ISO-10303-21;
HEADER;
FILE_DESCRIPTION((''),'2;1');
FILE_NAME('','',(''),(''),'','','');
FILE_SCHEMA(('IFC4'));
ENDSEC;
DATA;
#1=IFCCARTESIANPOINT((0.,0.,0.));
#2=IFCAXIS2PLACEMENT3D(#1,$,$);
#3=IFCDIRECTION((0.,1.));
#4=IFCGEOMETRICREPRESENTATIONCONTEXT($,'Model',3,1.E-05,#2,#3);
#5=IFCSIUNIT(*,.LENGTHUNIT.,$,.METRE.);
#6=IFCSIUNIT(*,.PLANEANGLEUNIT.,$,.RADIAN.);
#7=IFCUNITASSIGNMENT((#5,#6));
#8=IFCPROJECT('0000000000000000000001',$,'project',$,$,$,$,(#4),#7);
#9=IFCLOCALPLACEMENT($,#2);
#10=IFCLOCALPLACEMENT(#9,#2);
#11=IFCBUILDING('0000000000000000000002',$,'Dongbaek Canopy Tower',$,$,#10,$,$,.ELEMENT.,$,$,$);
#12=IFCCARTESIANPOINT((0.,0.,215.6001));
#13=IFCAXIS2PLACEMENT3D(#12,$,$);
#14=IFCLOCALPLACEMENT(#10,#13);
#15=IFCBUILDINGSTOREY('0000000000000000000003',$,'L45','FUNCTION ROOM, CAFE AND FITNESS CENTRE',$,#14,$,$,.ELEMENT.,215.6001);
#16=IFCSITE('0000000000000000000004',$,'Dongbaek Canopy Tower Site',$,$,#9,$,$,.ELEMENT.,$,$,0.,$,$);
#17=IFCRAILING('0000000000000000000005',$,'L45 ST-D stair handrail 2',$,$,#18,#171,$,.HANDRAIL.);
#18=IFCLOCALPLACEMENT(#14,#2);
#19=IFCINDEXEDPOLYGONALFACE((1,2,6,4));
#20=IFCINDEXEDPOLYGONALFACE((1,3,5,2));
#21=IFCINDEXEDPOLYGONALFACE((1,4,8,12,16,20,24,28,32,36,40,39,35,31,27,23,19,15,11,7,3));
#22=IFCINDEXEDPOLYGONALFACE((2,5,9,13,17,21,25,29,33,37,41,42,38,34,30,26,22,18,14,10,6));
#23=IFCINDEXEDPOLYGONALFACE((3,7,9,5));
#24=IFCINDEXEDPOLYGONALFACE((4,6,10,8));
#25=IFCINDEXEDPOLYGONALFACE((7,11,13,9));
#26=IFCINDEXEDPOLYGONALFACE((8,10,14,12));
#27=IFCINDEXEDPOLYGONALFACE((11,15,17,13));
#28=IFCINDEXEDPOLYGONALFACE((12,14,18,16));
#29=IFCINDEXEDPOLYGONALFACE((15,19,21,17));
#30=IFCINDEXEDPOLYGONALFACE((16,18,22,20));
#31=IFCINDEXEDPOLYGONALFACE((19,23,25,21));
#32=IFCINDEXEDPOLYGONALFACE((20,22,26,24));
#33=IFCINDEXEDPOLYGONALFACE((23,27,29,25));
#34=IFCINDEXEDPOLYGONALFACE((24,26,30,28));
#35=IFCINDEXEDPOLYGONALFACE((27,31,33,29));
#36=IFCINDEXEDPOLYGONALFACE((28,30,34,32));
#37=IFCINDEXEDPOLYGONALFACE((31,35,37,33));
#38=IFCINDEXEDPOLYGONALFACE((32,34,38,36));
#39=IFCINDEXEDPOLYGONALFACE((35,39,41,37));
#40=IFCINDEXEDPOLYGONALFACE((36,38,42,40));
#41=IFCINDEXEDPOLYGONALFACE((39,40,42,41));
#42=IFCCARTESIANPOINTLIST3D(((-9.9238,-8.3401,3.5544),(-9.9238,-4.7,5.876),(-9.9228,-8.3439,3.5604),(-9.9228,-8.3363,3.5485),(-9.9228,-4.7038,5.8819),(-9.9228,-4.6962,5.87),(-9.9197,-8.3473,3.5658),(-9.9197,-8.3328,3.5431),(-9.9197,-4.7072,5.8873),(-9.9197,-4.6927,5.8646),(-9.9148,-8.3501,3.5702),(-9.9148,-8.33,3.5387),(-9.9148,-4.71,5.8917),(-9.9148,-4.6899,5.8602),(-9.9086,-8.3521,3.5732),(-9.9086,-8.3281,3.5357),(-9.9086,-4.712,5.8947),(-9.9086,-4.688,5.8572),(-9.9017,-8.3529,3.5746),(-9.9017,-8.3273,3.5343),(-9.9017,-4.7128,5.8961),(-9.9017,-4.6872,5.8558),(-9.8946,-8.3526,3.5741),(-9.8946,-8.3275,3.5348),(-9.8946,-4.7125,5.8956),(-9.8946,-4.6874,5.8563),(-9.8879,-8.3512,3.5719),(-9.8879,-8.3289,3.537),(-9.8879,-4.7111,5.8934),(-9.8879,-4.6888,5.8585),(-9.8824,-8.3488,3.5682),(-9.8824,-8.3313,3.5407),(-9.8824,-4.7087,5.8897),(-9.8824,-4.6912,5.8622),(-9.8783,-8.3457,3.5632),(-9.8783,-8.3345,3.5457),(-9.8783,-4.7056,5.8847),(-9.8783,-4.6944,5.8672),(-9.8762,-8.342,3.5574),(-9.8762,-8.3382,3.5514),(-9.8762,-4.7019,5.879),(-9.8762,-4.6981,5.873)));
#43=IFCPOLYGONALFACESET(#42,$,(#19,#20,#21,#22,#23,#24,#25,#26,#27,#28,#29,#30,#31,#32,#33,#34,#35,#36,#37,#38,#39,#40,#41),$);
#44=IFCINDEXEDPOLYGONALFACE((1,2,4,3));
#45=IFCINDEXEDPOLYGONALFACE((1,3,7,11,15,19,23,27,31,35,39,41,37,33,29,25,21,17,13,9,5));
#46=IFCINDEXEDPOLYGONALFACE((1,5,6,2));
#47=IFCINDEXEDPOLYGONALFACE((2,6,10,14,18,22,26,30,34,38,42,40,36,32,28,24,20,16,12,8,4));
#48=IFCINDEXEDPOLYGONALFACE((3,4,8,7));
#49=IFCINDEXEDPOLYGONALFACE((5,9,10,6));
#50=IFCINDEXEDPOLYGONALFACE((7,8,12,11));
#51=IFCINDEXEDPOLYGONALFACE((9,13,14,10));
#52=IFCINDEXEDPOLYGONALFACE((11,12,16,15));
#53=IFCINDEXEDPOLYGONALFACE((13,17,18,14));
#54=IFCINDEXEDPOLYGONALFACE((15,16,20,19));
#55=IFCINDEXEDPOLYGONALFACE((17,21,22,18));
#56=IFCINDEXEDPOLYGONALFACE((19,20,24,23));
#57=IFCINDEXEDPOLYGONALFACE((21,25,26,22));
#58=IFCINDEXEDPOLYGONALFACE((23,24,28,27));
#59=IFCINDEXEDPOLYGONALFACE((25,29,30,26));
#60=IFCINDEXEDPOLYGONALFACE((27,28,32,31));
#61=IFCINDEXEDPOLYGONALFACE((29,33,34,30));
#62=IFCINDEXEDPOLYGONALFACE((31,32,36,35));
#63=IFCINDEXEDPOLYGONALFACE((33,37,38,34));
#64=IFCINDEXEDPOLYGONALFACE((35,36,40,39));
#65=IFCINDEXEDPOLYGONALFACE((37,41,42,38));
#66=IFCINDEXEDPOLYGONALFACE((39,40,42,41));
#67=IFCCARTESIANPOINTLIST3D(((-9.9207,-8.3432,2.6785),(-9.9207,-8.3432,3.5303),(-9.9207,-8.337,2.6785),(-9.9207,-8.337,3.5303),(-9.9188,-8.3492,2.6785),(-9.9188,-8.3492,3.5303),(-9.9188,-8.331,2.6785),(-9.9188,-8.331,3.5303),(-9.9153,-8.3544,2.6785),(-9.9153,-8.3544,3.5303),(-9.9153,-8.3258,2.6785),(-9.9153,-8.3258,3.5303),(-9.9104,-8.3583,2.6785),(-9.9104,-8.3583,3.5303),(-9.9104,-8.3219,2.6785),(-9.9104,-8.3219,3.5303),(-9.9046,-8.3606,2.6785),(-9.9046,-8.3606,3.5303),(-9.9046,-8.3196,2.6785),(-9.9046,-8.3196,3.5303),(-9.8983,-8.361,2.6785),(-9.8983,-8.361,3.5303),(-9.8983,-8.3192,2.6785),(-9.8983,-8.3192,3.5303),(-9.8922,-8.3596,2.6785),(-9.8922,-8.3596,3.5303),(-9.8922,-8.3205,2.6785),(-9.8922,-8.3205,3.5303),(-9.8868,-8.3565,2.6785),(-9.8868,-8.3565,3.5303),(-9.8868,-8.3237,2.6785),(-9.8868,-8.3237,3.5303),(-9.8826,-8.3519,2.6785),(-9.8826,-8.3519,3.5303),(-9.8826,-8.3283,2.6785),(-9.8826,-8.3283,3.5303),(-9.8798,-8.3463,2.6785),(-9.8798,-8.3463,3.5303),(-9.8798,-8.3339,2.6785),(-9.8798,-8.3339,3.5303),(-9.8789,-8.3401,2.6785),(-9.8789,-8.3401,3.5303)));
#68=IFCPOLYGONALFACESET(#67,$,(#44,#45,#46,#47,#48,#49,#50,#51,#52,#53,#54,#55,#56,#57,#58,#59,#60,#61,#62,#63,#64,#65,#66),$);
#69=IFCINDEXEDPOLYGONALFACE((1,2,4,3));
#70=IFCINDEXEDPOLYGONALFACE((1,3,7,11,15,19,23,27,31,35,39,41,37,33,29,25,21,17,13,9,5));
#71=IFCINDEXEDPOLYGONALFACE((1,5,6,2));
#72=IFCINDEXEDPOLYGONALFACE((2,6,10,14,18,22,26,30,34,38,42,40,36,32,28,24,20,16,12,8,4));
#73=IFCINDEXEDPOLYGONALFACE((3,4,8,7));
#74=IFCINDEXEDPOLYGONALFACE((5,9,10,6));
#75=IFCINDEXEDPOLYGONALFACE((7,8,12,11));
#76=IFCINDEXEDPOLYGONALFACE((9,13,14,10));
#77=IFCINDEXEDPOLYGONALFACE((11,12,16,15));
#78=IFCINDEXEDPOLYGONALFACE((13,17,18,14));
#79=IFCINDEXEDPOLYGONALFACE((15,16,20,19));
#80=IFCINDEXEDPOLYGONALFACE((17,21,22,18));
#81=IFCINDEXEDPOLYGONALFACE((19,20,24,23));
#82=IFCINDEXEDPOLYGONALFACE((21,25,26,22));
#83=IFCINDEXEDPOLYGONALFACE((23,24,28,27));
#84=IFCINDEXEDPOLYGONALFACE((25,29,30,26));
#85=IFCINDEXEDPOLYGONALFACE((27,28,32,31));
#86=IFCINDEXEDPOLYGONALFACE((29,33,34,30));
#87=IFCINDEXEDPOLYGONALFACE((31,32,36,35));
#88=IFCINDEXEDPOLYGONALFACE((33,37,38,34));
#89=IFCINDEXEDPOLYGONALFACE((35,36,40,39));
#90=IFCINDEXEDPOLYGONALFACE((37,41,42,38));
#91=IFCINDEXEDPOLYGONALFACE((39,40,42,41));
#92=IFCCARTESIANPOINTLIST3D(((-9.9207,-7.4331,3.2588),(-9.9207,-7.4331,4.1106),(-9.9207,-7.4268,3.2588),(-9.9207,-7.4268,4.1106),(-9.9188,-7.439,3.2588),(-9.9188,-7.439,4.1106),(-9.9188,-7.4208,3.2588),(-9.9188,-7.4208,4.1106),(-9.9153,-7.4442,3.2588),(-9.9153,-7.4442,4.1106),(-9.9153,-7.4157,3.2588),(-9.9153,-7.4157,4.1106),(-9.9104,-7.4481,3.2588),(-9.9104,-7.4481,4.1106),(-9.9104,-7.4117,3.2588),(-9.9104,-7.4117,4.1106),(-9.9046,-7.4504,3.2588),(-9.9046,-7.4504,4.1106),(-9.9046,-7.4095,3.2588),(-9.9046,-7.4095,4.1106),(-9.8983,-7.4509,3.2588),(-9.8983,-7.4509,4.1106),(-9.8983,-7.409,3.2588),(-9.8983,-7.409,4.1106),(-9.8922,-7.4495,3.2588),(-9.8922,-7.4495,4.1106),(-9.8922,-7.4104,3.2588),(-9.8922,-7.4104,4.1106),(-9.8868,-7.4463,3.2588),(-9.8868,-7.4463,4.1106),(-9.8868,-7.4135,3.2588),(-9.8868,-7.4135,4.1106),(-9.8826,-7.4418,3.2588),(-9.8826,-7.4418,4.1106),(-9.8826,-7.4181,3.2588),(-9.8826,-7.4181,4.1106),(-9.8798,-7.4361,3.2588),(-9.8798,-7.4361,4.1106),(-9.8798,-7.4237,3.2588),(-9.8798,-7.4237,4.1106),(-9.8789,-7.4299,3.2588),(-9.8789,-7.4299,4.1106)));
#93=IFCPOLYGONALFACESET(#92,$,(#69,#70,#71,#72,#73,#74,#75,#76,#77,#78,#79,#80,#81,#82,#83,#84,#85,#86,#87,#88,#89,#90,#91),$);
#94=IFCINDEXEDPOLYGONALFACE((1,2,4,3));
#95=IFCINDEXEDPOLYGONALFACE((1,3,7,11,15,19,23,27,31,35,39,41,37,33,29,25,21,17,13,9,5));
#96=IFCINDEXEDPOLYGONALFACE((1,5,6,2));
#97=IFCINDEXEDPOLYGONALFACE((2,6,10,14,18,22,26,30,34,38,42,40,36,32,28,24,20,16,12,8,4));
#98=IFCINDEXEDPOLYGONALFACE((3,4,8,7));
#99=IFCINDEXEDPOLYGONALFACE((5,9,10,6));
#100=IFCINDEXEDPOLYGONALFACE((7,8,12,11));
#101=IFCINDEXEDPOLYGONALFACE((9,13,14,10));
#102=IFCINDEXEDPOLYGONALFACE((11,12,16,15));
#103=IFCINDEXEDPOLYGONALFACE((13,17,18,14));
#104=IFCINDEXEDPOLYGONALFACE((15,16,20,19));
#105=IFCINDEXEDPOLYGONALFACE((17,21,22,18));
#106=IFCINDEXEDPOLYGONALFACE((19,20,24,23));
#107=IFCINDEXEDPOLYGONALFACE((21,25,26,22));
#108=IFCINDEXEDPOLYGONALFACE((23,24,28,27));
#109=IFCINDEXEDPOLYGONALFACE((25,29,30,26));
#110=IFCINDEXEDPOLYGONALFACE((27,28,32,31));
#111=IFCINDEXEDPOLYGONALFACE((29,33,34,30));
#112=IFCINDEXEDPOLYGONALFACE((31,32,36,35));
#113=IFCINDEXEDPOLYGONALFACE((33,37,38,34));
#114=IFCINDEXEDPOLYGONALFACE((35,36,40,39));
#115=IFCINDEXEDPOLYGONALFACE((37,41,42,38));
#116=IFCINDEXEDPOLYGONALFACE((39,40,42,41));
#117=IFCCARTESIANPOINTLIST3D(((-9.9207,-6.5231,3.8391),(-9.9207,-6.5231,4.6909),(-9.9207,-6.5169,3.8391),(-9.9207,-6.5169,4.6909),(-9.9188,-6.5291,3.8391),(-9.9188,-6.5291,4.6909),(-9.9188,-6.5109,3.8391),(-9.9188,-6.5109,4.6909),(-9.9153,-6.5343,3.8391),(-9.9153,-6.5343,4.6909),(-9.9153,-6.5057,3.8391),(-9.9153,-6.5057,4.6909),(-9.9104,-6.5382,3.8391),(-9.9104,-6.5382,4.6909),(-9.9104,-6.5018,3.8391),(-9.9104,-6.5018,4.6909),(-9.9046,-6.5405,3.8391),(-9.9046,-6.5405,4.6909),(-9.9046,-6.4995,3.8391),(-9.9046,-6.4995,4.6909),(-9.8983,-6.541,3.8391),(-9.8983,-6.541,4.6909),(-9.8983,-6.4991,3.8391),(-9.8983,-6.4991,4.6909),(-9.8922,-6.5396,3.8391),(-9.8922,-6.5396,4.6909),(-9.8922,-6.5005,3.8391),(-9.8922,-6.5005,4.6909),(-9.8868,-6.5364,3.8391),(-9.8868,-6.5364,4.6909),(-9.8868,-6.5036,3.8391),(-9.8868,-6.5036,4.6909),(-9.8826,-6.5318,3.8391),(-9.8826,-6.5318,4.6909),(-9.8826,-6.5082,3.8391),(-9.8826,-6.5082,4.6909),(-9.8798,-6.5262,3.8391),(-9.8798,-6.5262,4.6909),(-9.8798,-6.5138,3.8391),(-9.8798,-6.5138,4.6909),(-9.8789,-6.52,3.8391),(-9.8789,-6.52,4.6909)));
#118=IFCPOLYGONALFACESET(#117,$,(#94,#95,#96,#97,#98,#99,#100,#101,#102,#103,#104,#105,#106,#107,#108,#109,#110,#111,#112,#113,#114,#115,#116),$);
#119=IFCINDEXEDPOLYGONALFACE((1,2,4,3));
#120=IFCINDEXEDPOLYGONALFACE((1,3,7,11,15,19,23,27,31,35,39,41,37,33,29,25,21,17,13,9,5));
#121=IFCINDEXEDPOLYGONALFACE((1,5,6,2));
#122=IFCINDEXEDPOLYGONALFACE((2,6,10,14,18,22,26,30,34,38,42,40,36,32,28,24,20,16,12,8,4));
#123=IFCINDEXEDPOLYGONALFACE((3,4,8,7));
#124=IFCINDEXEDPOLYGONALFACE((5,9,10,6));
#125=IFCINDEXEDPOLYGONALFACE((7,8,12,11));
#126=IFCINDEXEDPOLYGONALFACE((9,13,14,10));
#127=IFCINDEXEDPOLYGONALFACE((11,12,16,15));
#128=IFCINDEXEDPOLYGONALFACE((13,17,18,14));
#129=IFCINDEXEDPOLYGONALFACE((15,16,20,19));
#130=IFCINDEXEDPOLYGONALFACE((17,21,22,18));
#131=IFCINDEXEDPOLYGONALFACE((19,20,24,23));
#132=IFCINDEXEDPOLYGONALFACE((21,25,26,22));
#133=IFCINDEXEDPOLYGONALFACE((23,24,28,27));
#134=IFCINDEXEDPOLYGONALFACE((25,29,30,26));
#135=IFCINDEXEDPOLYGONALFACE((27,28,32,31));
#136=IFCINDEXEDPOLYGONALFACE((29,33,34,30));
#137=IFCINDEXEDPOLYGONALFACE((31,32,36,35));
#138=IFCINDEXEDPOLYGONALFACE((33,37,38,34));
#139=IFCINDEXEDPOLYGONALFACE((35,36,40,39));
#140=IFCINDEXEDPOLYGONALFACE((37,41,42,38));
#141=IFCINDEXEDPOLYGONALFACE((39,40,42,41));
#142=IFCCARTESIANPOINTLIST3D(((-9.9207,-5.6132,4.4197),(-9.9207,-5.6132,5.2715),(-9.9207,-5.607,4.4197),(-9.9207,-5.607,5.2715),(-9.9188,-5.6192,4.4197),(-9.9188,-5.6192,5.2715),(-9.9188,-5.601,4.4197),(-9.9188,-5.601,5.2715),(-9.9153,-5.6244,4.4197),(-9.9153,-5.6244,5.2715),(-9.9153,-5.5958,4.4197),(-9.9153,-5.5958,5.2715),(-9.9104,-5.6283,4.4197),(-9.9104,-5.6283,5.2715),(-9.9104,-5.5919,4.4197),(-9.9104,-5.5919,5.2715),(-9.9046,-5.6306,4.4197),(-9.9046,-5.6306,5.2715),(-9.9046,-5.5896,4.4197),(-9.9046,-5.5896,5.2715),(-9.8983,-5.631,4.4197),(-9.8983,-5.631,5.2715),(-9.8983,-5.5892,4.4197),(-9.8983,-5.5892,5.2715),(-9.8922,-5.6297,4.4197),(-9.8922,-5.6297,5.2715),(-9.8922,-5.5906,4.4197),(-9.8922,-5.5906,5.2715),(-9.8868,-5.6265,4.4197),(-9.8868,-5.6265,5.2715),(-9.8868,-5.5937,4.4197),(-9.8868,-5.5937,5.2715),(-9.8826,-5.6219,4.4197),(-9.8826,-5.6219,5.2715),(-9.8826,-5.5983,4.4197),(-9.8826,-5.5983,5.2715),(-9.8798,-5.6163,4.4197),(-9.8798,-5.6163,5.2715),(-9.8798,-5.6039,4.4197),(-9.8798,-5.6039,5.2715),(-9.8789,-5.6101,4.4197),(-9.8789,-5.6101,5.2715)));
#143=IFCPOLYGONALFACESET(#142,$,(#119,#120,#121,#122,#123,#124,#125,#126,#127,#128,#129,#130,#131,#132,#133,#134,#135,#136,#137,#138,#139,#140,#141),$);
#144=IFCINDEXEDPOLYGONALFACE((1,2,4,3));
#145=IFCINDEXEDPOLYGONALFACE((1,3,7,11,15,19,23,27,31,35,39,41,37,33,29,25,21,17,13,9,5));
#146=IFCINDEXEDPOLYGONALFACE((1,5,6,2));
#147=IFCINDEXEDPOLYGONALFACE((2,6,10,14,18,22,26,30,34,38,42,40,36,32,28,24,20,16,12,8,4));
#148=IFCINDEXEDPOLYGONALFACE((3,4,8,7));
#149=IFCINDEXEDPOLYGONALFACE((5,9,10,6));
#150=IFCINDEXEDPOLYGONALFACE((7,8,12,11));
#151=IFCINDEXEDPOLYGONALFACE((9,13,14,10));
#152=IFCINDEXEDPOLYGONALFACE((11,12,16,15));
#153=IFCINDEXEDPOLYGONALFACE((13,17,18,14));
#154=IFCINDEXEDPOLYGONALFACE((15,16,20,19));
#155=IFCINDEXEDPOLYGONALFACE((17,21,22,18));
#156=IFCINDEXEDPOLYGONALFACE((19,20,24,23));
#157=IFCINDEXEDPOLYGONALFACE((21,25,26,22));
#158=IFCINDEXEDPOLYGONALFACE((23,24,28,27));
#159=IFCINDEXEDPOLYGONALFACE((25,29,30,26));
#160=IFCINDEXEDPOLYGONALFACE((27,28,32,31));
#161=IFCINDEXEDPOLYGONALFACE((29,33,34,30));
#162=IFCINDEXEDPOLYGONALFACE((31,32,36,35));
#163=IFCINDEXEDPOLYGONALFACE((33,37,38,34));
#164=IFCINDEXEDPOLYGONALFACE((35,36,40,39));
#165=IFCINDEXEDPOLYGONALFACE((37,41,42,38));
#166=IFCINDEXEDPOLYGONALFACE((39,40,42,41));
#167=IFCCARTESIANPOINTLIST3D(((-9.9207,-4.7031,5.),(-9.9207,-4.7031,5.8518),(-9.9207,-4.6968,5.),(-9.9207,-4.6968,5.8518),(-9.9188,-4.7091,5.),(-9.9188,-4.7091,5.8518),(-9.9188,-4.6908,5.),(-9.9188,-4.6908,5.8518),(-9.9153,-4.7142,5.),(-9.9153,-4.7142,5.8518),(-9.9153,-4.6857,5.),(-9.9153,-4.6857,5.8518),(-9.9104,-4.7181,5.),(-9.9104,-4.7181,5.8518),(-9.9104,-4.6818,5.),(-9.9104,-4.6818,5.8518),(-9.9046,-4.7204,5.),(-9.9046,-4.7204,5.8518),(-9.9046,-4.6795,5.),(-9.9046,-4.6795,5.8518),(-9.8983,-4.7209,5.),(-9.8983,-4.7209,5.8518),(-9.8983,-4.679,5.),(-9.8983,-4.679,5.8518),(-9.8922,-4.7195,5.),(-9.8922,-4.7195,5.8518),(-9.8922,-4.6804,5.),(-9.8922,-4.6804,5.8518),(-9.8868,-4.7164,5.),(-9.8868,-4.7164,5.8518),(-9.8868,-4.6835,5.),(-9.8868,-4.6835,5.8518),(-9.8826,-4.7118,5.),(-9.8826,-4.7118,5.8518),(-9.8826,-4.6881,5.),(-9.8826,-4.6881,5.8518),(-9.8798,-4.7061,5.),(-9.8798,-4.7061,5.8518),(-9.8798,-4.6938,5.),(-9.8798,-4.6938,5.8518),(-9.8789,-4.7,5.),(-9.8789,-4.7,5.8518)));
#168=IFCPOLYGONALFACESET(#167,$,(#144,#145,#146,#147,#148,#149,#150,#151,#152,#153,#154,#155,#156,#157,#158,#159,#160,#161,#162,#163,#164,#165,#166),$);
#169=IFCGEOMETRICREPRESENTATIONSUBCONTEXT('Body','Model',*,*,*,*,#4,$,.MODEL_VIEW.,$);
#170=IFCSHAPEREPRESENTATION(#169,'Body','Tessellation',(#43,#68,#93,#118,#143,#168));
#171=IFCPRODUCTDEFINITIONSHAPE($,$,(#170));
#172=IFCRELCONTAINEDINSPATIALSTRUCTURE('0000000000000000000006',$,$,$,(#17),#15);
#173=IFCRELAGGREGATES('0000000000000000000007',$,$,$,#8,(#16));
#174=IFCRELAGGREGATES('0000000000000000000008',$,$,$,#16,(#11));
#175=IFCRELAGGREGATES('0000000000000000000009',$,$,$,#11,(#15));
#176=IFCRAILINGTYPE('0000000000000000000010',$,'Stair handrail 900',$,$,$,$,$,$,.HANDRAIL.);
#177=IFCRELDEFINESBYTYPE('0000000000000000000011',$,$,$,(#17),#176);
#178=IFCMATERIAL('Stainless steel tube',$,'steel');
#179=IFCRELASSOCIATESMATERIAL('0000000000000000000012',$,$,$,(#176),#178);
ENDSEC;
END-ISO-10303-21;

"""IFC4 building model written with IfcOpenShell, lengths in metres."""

from ifc_helpers import new_model, si_unit, direction, frame, origin, origin_2d, place, context, subcontext, project, spatial, circle, extrude, material, type_object, element, save


model = new_model("IFC4")

# Units and contexts
model_context = context("Model", 3, precision=1e-05, world=origin(), true_north=direction((0.0, 1.0)))
body_context = subcontext(model_context, "Body", "Model", "MODEL_VIEW")
ifc_project = project(units=[si_unit("LENGTHUNIT", "METRE"), si_unit("PLANEANGLEUNIT", "RADIAN")], contexts=[model_context])

# Site, building, storey
site_placement = place(None, origin())
site = spatial("IfcSite", under=ifc_project, at=site_placement, Name="Dongbaek Canopy Tower Site", CompositionType="ELEMENT", RefElevation=0.0)
building_placement = place(site_placement, origin())
building = spatial("IfcBuilding", under=site, at=building_placement, Name="Dongbaek Canopy Tower", CompositionType="ELEMENT")
storey_placement = place(building_placement, frame((0.0, 0.0, 215.6001)))
storey = spatial("IfcBuildingStorey", under=building, at=storey_placement, Name="L45", Description="FUNCTION ROOM, CAFE AND FITNESS CENTRE", CompositionType="ELEMENT", Elevation=215.6001)

# Railing
ifc_material_1 = material(Name="Stainless steel tube", Category="steel")
railing_type_1 = type_object("IfcRailingType", Name="Stair handrail 900", PredefinedType="HANDRAIL", material=ifc_material_1)
railing_1_placement = place(storey_placement, frame((-9.8999, -8.3401, 2.6785)))
element("IfcRailing", 1, at=railing_1_placement, inside=storey, type_object=railing_type_1, Name="L45 ST-D stair handrail 2", PredefinedType="HANDRAIL", context=body_context, shape_type="SweptSolid", body=[
    extrude(circle(Radius=0.0239, at=origin_2d()), frame((0.0, 0.0, 0.876), z_axis=(0.0, 0.843128, 0.537713), x_axis=(-1.0, 0.0, 0.0)), (0.0, 0.0, 1.0), 4.3174),
    extrude(circle(Radius=0.021, at=origin_2d()), origin(), (0.0, 0.0, 1.0), 0.8518),
    extrude(circle(Radius=0.021, at=origin_2d()), frame((0.0, 0.9102, 0.5803)), (0.0, 0.0, 1.0), 0.8518),
    extrude(circle(Radius=0.021, at=origin_2d()), frame((0.0, 1.8201, 1.1606)), (0.0, 0.0, 1.0), 0.8518),
    extrude(circle(Radius=0.021, at=origin_2d()), frame((0.0, 2.73, 1.7412)), (0.0, 0.0, 1.0), 0.8518),
    extrude(circle(Radius=0.021, at=origin_2d()), frame((0.0, 3.6401, 2.3215)), (0.0, 0.0, 1.0), 0.8518),
])

save(model, "model.ifc")
